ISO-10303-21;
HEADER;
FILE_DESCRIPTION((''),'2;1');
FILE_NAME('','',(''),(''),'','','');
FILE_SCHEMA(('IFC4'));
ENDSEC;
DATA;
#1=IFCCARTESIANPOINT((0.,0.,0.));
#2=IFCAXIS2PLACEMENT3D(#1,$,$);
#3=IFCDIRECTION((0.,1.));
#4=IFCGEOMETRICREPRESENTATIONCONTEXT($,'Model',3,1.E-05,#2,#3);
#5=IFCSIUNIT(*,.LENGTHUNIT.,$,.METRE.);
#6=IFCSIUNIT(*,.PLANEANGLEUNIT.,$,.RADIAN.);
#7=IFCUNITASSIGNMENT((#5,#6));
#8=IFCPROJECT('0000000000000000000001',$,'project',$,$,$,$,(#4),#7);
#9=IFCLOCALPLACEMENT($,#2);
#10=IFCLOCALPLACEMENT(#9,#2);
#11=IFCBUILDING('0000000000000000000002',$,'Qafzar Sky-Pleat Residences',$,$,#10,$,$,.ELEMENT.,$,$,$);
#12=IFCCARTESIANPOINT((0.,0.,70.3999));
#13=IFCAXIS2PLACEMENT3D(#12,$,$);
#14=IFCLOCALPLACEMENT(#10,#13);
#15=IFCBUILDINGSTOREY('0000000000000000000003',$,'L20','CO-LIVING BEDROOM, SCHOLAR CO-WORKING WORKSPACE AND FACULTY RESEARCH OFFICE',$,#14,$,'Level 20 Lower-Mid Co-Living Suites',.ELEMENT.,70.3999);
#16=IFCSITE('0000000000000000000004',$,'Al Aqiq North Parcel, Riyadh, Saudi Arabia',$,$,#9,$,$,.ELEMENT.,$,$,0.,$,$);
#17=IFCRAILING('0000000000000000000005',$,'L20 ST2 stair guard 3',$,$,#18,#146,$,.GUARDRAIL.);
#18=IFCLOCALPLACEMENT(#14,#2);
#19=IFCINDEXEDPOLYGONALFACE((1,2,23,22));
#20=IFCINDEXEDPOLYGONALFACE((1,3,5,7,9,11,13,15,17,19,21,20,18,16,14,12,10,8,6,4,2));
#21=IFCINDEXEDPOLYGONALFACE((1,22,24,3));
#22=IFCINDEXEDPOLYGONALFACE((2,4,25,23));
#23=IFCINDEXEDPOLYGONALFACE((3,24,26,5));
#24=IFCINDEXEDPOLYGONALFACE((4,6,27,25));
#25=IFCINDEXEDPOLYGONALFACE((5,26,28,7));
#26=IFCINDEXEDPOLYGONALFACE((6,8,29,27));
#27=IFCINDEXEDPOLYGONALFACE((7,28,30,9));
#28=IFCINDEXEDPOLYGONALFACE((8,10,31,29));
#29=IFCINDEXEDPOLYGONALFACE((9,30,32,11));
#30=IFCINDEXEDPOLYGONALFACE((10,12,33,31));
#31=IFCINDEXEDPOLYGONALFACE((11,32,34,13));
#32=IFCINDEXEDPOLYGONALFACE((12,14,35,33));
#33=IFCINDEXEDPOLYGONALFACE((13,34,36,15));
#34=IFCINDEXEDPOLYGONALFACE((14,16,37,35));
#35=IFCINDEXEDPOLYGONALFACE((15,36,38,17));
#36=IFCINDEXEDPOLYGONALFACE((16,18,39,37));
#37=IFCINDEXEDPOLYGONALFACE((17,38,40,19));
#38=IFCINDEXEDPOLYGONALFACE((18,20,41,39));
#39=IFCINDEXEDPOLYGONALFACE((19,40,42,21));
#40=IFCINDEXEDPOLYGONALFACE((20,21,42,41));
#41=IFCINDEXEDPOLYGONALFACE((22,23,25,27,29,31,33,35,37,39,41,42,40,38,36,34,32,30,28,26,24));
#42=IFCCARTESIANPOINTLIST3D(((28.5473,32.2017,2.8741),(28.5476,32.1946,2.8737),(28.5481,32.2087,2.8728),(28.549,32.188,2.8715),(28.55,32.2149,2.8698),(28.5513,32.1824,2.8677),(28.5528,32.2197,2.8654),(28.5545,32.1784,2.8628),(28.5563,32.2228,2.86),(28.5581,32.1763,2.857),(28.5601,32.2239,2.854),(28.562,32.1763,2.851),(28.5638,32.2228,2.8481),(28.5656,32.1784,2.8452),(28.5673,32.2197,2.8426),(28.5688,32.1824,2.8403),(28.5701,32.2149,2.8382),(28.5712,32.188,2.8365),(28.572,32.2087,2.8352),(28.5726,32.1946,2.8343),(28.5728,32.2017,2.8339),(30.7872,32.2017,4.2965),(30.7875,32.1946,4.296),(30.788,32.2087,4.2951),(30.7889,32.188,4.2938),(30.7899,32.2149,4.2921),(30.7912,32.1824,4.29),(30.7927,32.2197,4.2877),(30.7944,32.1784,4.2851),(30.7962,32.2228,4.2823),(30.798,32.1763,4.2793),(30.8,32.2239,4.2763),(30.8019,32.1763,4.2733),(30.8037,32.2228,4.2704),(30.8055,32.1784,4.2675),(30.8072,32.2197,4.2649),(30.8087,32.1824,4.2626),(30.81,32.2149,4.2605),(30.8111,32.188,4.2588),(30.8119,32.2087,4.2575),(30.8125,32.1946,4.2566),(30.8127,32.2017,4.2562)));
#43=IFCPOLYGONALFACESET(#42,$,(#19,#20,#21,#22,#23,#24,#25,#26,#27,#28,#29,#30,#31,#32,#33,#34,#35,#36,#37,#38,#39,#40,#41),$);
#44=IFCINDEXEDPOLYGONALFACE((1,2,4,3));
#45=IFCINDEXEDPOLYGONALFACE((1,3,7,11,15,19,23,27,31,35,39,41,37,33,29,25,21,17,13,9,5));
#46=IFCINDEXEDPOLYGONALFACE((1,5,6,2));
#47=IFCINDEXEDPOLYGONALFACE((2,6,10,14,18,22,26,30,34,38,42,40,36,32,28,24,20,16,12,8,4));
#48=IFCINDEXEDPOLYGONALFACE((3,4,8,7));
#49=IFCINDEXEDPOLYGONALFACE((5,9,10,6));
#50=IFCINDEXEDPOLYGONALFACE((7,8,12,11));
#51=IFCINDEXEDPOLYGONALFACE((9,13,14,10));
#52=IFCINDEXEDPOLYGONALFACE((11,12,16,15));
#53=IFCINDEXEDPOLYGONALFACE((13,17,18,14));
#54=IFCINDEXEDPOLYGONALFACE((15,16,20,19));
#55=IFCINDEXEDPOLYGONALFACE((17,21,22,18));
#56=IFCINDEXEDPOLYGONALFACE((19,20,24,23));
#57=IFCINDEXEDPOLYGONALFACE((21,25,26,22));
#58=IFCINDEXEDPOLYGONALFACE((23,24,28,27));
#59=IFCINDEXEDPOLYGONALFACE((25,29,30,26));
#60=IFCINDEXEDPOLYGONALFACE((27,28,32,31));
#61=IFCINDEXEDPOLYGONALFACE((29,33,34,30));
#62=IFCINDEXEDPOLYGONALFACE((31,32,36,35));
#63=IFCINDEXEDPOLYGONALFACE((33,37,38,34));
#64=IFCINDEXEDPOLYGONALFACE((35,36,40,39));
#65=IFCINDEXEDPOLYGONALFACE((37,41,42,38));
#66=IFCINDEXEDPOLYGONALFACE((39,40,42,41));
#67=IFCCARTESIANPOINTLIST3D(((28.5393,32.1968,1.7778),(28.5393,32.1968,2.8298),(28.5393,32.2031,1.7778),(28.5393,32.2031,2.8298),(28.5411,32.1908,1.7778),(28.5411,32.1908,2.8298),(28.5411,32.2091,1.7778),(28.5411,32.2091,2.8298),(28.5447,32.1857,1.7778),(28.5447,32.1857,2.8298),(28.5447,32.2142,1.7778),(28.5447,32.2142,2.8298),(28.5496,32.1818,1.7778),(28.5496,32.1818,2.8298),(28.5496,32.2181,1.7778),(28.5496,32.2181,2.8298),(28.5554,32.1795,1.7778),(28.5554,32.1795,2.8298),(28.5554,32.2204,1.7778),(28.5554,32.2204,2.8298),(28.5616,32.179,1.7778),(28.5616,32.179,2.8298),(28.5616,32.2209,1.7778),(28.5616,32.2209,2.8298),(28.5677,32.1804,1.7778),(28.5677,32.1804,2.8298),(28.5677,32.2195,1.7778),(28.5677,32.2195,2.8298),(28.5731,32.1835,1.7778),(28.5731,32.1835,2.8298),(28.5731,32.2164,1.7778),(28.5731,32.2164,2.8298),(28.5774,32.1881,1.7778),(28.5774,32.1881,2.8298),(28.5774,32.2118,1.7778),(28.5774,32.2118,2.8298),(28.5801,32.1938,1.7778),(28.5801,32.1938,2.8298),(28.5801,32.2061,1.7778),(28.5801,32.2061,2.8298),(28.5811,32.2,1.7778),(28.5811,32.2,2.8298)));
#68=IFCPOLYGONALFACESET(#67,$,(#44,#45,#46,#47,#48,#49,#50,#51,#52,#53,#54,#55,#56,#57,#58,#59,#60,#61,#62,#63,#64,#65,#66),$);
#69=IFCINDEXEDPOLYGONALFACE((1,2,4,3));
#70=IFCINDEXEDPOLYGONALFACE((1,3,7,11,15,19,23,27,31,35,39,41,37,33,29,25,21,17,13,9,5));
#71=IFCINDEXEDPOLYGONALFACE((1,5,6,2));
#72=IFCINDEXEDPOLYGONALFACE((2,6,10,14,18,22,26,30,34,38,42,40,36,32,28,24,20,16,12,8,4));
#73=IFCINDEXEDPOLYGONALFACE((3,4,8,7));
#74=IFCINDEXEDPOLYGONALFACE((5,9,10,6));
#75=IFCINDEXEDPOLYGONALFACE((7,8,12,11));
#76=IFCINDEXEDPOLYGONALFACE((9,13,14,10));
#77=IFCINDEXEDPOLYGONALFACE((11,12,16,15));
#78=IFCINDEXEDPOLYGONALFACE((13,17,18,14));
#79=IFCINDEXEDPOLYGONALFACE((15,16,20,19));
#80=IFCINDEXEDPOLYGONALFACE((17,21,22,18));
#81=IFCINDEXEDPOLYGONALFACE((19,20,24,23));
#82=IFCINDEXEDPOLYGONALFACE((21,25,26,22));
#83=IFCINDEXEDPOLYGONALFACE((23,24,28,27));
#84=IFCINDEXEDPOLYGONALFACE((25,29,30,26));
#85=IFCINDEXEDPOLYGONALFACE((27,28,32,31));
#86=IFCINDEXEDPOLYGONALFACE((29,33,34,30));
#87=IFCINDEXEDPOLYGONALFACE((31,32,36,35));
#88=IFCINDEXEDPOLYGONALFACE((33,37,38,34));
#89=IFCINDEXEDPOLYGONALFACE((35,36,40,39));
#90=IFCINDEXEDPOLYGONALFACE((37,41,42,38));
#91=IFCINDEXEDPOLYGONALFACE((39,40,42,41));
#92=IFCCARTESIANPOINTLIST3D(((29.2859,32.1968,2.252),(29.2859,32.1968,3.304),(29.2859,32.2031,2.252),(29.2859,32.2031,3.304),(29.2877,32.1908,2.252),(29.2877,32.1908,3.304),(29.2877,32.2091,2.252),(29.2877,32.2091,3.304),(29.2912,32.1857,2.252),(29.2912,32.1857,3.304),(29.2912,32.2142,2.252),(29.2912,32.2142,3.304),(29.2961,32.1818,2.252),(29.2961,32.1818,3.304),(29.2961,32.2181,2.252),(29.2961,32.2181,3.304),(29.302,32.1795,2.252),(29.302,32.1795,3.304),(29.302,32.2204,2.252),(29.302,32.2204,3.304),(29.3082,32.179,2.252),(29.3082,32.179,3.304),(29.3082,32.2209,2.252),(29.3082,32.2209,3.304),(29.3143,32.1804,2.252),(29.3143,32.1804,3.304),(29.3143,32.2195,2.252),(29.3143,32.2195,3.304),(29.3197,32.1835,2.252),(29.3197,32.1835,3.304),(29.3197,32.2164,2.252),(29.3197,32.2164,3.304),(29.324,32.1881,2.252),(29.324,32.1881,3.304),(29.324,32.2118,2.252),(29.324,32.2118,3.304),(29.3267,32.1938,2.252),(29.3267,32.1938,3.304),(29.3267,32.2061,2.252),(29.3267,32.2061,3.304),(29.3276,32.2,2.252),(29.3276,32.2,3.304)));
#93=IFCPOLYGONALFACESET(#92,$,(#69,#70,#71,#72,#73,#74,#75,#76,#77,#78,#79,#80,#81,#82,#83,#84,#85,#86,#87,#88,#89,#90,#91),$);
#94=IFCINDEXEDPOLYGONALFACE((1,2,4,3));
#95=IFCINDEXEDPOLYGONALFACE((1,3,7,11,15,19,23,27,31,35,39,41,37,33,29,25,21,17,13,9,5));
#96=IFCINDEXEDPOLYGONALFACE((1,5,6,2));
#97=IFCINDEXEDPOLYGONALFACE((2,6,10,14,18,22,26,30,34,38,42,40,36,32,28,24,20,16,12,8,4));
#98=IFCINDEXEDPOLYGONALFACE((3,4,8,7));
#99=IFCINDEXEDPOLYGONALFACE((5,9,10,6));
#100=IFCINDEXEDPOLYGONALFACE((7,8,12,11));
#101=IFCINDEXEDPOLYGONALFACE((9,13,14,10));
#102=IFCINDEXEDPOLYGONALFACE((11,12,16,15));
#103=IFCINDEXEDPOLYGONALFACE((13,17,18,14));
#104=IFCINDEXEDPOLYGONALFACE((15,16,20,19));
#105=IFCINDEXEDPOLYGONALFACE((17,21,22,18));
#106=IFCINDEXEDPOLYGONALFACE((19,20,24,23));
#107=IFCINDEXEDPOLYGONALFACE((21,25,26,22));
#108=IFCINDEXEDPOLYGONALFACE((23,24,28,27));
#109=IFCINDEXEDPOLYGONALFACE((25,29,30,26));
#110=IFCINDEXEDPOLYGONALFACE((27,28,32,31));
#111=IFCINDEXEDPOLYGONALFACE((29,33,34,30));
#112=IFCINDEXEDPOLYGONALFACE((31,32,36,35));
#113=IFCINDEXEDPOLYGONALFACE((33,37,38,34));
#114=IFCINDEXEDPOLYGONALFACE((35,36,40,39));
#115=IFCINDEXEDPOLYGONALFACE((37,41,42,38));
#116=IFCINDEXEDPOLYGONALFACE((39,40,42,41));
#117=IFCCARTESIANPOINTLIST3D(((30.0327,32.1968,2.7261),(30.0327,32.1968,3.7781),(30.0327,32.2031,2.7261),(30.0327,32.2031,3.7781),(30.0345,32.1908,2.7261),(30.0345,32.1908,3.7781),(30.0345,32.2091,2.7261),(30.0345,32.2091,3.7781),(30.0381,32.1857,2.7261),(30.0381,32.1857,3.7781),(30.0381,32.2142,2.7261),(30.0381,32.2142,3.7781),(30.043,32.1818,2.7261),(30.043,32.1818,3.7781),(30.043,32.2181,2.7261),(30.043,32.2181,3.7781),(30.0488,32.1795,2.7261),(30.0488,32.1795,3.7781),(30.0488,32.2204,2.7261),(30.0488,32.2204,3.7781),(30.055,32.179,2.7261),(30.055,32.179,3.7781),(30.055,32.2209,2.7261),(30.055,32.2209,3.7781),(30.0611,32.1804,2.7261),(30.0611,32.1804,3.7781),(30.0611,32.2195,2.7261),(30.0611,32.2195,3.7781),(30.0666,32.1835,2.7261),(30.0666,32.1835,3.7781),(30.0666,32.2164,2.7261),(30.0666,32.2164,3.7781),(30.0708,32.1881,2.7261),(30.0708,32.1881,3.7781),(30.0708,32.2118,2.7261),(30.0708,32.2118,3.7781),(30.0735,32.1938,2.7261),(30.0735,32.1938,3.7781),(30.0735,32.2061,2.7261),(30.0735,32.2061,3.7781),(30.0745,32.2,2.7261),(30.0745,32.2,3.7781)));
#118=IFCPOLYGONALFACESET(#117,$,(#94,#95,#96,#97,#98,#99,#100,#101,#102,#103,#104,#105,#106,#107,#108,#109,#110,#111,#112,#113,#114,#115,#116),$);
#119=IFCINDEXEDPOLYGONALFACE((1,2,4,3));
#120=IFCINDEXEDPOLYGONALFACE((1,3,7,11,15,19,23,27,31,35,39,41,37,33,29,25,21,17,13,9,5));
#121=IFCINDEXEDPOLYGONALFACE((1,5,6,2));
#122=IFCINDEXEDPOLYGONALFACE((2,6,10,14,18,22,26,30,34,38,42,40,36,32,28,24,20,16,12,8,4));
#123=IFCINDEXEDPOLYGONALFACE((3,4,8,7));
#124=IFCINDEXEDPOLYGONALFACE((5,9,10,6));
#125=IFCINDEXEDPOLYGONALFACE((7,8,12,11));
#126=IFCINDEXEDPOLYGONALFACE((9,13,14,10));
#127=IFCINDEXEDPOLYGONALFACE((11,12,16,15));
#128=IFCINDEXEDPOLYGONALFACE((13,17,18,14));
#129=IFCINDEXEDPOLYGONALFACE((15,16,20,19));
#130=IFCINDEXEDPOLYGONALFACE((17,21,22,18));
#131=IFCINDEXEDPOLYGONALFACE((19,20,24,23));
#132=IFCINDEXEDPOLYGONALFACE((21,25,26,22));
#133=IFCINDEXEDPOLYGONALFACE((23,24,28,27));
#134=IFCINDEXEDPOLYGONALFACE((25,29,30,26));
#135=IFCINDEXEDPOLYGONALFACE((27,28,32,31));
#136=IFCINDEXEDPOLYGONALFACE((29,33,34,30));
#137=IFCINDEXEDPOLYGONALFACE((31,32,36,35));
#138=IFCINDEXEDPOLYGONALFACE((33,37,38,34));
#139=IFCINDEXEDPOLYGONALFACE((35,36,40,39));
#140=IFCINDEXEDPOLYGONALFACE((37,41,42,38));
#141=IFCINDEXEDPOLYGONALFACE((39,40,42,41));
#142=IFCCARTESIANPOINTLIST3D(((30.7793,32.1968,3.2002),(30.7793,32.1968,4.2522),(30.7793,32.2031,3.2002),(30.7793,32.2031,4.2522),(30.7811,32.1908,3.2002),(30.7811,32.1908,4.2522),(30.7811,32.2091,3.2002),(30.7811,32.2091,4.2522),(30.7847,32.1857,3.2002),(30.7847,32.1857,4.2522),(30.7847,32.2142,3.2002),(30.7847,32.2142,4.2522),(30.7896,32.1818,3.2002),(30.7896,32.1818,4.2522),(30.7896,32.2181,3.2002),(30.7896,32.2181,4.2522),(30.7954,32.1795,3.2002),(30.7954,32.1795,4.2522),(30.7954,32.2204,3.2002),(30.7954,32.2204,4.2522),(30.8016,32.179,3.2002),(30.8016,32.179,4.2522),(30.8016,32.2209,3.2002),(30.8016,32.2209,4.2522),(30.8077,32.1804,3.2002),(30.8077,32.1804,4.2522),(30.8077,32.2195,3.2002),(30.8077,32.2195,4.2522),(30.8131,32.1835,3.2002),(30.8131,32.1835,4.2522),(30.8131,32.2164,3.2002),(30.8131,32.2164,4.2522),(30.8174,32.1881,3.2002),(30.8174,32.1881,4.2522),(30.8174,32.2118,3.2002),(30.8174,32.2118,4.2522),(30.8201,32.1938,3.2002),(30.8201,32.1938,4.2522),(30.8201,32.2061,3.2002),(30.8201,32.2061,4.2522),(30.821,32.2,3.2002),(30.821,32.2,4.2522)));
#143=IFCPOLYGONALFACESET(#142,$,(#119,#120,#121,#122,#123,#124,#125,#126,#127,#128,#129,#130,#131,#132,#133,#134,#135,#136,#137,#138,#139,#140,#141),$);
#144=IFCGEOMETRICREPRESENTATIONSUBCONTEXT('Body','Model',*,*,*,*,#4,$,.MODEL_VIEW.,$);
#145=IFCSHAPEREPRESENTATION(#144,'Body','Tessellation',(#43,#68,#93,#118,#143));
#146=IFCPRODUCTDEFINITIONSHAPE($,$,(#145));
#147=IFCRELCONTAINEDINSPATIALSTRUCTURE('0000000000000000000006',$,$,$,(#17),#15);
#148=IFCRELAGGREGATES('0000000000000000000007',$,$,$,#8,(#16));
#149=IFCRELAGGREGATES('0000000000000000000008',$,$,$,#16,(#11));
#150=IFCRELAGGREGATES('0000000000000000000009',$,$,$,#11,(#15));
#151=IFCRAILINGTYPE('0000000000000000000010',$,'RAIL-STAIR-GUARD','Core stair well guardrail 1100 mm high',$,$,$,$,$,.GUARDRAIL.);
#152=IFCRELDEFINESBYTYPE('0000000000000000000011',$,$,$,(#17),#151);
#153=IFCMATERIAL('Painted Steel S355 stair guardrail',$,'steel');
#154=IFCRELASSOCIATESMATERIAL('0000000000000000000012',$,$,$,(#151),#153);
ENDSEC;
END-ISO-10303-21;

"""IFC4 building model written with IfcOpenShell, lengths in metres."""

from ifc_helpers import new_model, si_unit, direction, frame, origin, origin_2d, place, context, subcontext, project, spatial, circle, extrude, source, transform, mapped, material, type_object, element, save


model = new_model("IFC4")

# Units and contexts
model_context = context("Model", 3, precision=1e-05, world=origin(), true_north=direction((0.0, 1.0)))
body_context = subcontext(model_context, "Body", "Model", "MODEL_VIEW")
ifc_project = project(units=[si_unit("LENGTHUNIT", "METRE"), si_unit("PLANEANGLEUNIT", "RADIAN")], contexts=[model_context])

# Site, building, storey
site_placement = place(None, origin())
site = spatial("IfcSite", under=ifc_project, at=site_placement, Name="Al Aqiq North Parcel, Riyadh, Saudi Arabia", CompositionType="ELEMENT", RefElevation=0.0)
building_placement = place(site_placement, origin())
building = spatial("IfcBuilding", under=site, at=building_placement, Name="Qafzar Sky-Pleat Residences", CompositionType="ELEMENT")
storey_placement = place(building_placement, frame((0.0, 0.0, 70.3999)))
storey = spatial("IfcBuildingStorey", under=building, at=storey_placement, Name="L20", Description="CO-LIVING BEDROOM, SCHOLAR CO-WORKING WORKSPACE AND FACULTY RESEARCH OFFICE", LongName="Level 20 Lower-Mid Co-Living Suites", CompositionType="ELEMENT", Elevation=70.3999)

# Railing
ifc_material_1 = material(Name="Painted Steel S355 stair guardrail", Category="steel")
railing_type_1 = type_object("IfcRailingType", Name="RAIL-STAIR-GUARD", Description="Core stair well guardrail 1100 mm high", PredefinedType="GUARDRAIL", material=ifc_material_1)
shared_shape_1 = source(origin(), body_context, "Body", "SweptSolid", [
    extrude(circle(Radius=0.0239, at=origin_2d()), frame((0.0, 0.0, 1.0762), z_axis=(0.844188, 0.0, 0.536048), x_axis=(0.0, 1.0, 0.0)), (0.0, 0.0, 1.0), 2.6533),
    extrude(circle(Radius=0.021, at=origin_2d()), origin(), (0.0, 0.0, 1.0), 1.052),
    extrude(circle(Radius=0.021, at=origin_2d()), frame((0.7466, 0.0, 0.4741)), (0.0, 0.0, 1.0), 1.052),
    extrude(circle(Radius=0.021, at=origin_2d()), frame((1.4934, 0.0, 0.9482)), (0.0, 0.0, 1.0), 1.052),
    extrude(circle(Radius=0.021, at=origin_2d()), frame((2.24, 0.0, 1.4224)), (0.0, 0.0, 1.0), 1.052),
])
railing_1_placement = place(storey_placement, frame((28.5601, 32.2, 1.7778)))
element("IfcRailing", 1, at=railing_1_placement, inside=storey, type_object=railing_type_1, Name="L20 ST2 stair guard 3", PredefinedType="GUARDRAIL", context=body_context, shape_type="MappedRepresentation", body=[
    mapped(shared_shape_1, transform((0.0, 0.0, 0.0), x_axis=(1.0, 0.0, 0.0), y_axis=(0.0, 1.0, 0.0), z_axis=(0.0, 0.0, 1.0), scale=1.0)),
])

save(model, "model.ifc")
